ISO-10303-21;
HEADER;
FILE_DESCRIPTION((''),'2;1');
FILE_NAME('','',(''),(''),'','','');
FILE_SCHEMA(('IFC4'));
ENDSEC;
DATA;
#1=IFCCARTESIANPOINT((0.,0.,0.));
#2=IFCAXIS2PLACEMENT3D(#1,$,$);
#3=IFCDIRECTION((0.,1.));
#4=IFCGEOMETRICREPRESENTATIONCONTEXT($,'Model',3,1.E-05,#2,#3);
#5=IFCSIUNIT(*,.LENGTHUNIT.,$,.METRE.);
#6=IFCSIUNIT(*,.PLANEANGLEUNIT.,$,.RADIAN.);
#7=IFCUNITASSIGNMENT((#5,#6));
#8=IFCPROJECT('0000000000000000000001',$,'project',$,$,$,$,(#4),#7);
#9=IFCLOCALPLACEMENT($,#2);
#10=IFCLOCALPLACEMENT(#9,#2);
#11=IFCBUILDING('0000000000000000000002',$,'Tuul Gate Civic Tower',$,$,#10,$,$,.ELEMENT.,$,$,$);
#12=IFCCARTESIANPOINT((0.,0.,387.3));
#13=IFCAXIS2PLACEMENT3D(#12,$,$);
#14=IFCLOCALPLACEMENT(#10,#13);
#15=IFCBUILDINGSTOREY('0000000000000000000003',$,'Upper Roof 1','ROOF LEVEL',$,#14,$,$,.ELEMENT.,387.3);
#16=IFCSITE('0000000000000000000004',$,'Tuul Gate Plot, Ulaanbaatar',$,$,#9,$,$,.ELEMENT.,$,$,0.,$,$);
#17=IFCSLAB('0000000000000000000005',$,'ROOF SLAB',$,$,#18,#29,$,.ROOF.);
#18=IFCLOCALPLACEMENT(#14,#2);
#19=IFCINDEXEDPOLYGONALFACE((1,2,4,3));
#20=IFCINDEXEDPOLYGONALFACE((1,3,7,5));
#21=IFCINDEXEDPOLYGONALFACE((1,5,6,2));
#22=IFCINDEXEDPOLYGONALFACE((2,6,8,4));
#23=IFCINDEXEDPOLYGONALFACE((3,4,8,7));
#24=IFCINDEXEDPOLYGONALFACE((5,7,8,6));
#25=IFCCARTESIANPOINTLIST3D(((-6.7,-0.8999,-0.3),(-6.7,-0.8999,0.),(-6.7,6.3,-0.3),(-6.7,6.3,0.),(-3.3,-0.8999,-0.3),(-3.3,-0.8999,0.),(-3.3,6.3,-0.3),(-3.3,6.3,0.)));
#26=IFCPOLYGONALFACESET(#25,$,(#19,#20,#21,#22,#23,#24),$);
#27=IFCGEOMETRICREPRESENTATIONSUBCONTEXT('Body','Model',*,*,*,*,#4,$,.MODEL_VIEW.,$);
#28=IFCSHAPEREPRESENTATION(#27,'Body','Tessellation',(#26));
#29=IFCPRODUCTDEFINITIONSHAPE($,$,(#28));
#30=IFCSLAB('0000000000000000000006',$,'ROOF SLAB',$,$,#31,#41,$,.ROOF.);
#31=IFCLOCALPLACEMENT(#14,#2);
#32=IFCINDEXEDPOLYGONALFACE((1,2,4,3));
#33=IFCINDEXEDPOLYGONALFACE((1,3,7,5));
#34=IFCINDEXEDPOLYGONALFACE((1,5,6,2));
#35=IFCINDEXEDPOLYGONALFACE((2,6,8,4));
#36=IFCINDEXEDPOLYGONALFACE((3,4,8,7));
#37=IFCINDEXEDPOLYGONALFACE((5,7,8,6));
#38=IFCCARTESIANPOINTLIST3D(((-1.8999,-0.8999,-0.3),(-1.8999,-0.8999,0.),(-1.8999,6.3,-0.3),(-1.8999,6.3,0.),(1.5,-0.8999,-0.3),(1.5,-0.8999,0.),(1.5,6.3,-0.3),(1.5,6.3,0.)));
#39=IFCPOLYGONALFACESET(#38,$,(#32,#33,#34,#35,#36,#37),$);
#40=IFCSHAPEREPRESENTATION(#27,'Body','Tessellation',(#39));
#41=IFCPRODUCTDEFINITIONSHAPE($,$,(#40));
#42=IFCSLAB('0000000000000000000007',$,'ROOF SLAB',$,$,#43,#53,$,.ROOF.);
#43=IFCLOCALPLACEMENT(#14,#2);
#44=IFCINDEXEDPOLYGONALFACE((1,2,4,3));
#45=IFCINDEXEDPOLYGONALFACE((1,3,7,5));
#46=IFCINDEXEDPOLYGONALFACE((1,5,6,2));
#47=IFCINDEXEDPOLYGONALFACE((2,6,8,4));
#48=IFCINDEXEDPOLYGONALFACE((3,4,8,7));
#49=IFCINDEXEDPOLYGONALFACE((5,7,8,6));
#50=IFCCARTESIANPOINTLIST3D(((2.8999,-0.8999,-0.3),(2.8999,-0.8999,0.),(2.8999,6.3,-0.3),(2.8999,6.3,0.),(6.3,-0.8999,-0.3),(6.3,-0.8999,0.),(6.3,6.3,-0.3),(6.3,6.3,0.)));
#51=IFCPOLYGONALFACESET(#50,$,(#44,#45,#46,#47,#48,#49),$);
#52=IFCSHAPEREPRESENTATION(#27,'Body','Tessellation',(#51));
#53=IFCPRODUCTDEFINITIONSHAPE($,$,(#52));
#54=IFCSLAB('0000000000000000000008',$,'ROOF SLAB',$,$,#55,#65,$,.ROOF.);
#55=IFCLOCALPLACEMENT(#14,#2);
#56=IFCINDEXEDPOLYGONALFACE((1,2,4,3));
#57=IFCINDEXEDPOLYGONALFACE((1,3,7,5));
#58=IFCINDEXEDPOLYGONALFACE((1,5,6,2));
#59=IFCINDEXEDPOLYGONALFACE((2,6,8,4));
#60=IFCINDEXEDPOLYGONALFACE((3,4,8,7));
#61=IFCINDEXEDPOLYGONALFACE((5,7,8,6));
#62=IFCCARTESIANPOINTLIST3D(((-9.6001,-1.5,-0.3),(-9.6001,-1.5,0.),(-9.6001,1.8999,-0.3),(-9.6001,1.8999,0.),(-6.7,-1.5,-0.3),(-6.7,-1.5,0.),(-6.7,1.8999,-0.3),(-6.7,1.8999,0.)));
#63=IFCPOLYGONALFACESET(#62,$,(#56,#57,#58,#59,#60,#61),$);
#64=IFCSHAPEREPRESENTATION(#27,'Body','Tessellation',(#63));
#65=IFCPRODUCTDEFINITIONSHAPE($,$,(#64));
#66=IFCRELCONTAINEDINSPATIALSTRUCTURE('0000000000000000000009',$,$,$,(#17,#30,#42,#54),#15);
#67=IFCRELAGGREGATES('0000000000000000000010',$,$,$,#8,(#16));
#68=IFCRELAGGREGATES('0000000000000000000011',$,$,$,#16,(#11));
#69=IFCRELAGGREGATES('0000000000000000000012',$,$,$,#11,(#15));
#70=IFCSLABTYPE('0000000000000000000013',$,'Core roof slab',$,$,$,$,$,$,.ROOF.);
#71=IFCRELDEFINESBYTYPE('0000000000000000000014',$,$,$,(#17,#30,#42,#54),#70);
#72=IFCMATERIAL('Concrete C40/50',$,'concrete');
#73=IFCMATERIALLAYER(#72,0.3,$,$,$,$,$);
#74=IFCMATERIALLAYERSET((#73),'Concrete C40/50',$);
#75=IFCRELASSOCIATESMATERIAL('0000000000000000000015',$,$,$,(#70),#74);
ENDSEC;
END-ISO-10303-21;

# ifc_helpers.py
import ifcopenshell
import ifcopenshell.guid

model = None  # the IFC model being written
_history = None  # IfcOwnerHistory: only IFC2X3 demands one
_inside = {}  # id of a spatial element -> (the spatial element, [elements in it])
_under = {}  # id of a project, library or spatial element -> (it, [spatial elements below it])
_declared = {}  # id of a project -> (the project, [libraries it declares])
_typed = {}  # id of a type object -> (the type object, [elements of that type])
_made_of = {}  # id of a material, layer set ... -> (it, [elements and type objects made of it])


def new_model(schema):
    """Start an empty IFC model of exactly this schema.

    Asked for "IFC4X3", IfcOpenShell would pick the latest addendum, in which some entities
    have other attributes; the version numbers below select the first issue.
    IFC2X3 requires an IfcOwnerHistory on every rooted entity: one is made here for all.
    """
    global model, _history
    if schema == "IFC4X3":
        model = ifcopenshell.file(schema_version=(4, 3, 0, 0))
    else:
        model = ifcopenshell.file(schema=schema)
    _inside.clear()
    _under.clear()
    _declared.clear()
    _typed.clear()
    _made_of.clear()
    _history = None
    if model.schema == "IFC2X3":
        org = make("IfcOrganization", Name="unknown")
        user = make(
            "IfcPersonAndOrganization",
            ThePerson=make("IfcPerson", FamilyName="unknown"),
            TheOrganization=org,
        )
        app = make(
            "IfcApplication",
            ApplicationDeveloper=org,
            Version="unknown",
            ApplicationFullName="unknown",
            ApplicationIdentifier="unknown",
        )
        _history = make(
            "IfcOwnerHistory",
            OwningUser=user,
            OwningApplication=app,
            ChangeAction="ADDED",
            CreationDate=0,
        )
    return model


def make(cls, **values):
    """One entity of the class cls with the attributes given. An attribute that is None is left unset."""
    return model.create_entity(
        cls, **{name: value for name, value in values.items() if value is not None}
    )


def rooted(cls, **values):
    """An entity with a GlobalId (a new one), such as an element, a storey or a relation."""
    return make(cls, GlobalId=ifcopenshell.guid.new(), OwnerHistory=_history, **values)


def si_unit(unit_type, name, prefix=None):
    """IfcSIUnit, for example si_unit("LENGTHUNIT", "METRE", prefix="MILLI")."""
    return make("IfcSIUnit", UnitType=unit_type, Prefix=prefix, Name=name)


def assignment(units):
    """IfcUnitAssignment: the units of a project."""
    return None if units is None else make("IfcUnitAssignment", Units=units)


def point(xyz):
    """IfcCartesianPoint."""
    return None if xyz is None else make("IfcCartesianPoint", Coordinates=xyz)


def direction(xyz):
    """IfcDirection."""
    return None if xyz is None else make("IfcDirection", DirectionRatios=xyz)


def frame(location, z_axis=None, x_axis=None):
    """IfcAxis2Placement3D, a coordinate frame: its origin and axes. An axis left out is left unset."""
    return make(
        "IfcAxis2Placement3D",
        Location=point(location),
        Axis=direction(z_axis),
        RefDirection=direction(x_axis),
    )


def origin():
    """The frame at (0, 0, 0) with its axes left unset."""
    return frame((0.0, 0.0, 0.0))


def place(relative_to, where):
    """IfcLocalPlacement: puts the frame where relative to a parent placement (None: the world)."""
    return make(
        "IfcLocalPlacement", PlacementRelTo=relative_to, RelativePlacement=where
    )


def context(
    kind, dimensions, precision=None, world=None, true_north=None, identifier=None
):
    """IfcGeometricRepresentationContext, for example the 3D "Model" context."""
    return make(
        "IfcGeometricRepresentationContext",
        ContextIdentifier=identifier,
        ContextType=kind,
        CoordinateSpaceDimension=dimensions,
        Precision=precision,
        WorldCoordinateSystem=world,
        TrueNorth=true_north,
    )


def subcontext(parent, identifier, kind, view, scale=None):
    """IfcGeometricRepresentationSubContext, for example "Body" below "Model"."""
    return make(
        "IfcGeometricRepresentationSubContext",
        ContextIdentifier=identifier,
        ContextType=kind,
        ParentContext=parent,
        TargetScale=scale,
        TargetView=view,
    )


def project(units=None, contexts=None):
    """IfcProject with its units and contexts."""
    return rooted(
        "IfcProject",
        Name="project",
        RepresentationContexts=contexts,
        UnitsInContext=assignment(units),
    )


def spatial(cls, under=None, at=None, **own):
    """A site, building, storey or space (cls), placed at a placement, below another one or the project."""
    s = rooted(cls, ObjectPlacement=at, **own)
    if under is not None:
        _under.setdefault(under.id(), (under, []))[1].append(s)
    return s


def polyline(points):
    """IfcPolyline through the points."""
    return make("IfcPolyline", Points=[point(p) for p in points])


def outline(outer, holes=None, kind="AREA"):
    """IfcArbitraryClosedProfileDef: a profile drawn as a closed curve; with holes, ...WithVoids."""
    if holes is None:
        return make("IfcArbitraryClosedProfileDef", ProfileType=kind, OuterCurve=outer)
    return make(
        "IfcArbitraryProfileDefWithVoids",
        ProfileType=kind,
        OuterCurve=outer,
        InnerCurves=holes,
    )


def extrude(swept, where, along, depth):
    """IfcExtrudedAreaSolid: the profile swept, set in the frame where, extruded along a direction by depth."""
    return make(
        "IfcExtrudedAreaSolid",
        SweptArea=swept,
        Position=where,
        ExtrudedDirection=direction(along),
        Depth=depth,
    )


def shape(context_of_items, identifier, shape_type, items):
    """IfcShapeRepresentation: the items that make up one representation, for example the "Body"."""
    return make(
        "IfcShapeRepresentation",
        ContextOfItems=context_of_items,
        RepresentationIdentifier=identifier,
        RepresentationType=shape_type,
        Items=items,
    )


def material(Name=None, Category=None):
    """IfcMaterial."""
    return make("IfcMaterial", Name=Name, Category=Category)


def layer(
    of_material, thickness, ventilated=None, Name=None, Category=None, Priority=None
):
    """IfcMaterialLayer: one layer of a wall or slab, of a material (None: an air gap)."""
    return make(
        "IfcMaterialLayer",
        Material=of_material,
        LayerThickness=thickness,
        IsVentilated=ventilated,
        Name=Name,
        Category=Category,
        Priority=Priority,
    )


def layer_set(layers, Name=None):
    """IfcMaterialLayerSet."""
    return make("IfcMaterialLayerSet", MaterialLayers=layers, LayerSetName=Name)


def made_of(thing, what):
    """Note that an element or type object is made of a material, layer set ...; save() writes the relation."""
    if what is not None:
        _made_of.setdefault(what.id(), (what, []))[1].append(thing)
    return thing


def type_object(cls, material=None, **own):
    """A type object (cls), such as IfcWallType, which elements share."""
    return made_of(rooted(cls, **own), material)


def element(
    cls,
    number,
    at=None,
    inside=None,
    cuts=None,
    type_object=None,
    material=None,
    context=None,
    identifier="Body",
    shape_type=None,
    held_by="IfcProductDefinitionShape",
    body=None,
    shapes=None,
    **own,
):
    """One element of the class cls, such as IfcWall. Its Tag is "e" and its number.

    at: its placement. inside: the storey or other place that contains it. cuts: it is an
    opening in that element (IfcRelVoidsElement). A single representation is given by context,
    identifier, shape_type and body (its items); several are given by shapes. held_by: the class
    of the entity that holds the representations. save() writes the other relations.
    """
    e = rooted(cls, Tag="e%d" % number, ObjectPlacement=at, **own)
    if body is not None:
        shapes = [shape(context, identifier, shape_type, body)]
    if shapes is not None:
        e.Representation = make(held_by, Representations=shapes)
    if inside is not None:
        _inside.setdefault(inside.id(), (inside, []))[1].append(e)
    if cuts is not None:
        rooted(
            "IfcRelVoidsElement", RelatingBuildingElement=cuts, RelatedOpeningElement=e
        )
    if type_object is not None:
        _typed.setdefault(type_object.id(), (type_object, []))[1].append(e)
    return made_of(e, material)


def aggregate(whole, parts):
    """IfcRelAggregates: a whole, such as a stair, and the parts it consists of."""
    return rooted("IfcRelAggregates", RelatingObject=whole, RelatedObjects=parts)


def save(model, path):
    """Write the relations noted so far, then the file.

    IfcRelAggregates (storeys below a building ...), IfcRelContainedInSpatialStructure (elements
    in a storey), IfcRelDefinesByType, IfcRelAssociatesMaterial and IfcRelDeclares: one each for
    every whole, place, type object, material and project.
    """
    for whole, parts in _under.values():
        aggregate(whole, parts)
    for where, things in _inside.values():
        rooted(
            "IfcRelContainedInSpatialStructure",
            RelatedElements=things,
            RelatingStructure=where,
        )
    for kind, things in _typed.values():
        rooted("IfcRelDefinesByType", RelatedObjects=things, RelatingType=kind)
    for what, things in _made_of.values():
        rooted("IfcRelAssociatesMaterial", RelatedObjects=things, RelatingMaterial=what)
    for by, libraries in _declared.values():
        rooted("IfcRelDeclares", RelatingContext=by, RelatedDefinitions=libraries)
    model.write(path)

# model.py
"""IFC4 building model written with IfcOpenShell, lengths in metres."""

from ifc_helpers import new_model, si_unit, direction, frame, origin, place, context, subcontext, project, spatial, polyline, outline, extrude, material, layer, layer_set, type_object, element, save


model = new_model("IFC4")

# Units and contexts
model_context = context("Model", 3, precision=1e-05, world=origin(), true_north=direction((0.0, 1.0)))
body_context = subcontext(model_context, "Body", "Model", "MODEL_VIEW")
ifc_project = project(units=[si_unit("LENGTHUNIT", "METRE"), si_unit("PLANEANGLEUNIT", "RADIAN")], contexts=[model_context])

# Site, building, storey
site_placement = place(None, origin())
site = spatial("IfcSite", under=ifc_project, at=site_placement, Name="Tuul Gate Plot, Ulaanbaatar", CompositionType="ELEMENT", RefElevation=0.0)
building_placement = place(site_placement, origin())
building = spatial("IfcBuilding", under=site, at=building_placement, Name="Tuul Gate Civic Tower", CompositionType="ELEMENT")
storey_placement = place(building_placement, frame((0.0, 0.0, 387.3)))
storey = spatial("IfcBuildingStorey", under=building, at=storey_placement, Name="Upper Roof 1", Description="ROOF LEVEL", CompositionType="ELEMENT", Elevation=387.3)

# Slabs
ifc_material = material(Name="Concrete C40/50", Category="concrete")
ifc_layer = layer(ifc_material, 0.3)
ifc_layer_set = layer_set([ifc_layer], Name="Concrete C40/50")
slab_type = type_object("IfcSlabType", Name="Core roof slab", PredefinedType="ROOF", material=ifc_layer_set)
slab_1_placement = place(storey_placement, frame((0.0, 0.0, -0.3)))
element("IfcSlab", 1, at=slab_1_placement, inside=storey, type_object=slab_type, Name="ROOF SLAB", PredefinedType="ROOF", context=body_context, shape_type="SweptSolid", body=[
    extrude(outline(polyline([(-3.3, -0.8999), (-3.3, 6.3), (-6.7, 6.3), (-6.7, -0.8999), (-3.3, -0.8999)])), origin(), (0.0, 0.0, 1.0), 0.3),
])
slab_2_placement = place(storey_placement, frame((0.0, 0.0, -0.3)))
element("IfcSlab", 2, at=slab_2_placement, inside=storey, type_object=slab_type, Name="ROOF SLAB", PredefinedType="ROOF", context=body_context, shape_type="SweptSolid", body=[
    extrude(outline(polyline([(1.5, -0.8999), (1.5, 6.3), (-1.8999, 6.3), (-1.8999, -0.8999), (1.5, -0.8999)])), origin(), (0.0, 0.0, 1.0), 0.3),
])
slab_3_placement = place(storey_placement, frame((0.0, 0.0, -0.3)))
element("IfcSlab", 3, at=slab_3_placement, inside=storey, type_object=slab_type, Name="ROOF SLAB", PredefinedType="ROOF", context=body_context, shape_type="SweptSolid", body=[
    extrude(outline(polyline([(6.3, -0.8999), (6.3, 6.3), (2.8999, 6.3), (2.8999, -0.8999), (6.3, -0.8999)])), origin(), (0.0, 0.0, 1.0), 0.3),
])
slab_4_placement = place(storey_placement, frame((0.0, 0.0, -0.3)))
element("IfcSlab", 4, at=slab_4_placement, inside=storey, type_object=slab_type, Name="ROOF SLAB", PredefinedType="ROOF", context=body_context, shape_type="SweptSolid", body=[
    extrude(outline(polyline([(-6.7, -1.5), (-6.7, 1.8999), (-9.6001, 1.8999), (-9.6001, -1.5), (-6.7, -1.5)])), origin(), (0.0, 0.0, 1.0), 0.3),
])

save(model, "model.ifc")
